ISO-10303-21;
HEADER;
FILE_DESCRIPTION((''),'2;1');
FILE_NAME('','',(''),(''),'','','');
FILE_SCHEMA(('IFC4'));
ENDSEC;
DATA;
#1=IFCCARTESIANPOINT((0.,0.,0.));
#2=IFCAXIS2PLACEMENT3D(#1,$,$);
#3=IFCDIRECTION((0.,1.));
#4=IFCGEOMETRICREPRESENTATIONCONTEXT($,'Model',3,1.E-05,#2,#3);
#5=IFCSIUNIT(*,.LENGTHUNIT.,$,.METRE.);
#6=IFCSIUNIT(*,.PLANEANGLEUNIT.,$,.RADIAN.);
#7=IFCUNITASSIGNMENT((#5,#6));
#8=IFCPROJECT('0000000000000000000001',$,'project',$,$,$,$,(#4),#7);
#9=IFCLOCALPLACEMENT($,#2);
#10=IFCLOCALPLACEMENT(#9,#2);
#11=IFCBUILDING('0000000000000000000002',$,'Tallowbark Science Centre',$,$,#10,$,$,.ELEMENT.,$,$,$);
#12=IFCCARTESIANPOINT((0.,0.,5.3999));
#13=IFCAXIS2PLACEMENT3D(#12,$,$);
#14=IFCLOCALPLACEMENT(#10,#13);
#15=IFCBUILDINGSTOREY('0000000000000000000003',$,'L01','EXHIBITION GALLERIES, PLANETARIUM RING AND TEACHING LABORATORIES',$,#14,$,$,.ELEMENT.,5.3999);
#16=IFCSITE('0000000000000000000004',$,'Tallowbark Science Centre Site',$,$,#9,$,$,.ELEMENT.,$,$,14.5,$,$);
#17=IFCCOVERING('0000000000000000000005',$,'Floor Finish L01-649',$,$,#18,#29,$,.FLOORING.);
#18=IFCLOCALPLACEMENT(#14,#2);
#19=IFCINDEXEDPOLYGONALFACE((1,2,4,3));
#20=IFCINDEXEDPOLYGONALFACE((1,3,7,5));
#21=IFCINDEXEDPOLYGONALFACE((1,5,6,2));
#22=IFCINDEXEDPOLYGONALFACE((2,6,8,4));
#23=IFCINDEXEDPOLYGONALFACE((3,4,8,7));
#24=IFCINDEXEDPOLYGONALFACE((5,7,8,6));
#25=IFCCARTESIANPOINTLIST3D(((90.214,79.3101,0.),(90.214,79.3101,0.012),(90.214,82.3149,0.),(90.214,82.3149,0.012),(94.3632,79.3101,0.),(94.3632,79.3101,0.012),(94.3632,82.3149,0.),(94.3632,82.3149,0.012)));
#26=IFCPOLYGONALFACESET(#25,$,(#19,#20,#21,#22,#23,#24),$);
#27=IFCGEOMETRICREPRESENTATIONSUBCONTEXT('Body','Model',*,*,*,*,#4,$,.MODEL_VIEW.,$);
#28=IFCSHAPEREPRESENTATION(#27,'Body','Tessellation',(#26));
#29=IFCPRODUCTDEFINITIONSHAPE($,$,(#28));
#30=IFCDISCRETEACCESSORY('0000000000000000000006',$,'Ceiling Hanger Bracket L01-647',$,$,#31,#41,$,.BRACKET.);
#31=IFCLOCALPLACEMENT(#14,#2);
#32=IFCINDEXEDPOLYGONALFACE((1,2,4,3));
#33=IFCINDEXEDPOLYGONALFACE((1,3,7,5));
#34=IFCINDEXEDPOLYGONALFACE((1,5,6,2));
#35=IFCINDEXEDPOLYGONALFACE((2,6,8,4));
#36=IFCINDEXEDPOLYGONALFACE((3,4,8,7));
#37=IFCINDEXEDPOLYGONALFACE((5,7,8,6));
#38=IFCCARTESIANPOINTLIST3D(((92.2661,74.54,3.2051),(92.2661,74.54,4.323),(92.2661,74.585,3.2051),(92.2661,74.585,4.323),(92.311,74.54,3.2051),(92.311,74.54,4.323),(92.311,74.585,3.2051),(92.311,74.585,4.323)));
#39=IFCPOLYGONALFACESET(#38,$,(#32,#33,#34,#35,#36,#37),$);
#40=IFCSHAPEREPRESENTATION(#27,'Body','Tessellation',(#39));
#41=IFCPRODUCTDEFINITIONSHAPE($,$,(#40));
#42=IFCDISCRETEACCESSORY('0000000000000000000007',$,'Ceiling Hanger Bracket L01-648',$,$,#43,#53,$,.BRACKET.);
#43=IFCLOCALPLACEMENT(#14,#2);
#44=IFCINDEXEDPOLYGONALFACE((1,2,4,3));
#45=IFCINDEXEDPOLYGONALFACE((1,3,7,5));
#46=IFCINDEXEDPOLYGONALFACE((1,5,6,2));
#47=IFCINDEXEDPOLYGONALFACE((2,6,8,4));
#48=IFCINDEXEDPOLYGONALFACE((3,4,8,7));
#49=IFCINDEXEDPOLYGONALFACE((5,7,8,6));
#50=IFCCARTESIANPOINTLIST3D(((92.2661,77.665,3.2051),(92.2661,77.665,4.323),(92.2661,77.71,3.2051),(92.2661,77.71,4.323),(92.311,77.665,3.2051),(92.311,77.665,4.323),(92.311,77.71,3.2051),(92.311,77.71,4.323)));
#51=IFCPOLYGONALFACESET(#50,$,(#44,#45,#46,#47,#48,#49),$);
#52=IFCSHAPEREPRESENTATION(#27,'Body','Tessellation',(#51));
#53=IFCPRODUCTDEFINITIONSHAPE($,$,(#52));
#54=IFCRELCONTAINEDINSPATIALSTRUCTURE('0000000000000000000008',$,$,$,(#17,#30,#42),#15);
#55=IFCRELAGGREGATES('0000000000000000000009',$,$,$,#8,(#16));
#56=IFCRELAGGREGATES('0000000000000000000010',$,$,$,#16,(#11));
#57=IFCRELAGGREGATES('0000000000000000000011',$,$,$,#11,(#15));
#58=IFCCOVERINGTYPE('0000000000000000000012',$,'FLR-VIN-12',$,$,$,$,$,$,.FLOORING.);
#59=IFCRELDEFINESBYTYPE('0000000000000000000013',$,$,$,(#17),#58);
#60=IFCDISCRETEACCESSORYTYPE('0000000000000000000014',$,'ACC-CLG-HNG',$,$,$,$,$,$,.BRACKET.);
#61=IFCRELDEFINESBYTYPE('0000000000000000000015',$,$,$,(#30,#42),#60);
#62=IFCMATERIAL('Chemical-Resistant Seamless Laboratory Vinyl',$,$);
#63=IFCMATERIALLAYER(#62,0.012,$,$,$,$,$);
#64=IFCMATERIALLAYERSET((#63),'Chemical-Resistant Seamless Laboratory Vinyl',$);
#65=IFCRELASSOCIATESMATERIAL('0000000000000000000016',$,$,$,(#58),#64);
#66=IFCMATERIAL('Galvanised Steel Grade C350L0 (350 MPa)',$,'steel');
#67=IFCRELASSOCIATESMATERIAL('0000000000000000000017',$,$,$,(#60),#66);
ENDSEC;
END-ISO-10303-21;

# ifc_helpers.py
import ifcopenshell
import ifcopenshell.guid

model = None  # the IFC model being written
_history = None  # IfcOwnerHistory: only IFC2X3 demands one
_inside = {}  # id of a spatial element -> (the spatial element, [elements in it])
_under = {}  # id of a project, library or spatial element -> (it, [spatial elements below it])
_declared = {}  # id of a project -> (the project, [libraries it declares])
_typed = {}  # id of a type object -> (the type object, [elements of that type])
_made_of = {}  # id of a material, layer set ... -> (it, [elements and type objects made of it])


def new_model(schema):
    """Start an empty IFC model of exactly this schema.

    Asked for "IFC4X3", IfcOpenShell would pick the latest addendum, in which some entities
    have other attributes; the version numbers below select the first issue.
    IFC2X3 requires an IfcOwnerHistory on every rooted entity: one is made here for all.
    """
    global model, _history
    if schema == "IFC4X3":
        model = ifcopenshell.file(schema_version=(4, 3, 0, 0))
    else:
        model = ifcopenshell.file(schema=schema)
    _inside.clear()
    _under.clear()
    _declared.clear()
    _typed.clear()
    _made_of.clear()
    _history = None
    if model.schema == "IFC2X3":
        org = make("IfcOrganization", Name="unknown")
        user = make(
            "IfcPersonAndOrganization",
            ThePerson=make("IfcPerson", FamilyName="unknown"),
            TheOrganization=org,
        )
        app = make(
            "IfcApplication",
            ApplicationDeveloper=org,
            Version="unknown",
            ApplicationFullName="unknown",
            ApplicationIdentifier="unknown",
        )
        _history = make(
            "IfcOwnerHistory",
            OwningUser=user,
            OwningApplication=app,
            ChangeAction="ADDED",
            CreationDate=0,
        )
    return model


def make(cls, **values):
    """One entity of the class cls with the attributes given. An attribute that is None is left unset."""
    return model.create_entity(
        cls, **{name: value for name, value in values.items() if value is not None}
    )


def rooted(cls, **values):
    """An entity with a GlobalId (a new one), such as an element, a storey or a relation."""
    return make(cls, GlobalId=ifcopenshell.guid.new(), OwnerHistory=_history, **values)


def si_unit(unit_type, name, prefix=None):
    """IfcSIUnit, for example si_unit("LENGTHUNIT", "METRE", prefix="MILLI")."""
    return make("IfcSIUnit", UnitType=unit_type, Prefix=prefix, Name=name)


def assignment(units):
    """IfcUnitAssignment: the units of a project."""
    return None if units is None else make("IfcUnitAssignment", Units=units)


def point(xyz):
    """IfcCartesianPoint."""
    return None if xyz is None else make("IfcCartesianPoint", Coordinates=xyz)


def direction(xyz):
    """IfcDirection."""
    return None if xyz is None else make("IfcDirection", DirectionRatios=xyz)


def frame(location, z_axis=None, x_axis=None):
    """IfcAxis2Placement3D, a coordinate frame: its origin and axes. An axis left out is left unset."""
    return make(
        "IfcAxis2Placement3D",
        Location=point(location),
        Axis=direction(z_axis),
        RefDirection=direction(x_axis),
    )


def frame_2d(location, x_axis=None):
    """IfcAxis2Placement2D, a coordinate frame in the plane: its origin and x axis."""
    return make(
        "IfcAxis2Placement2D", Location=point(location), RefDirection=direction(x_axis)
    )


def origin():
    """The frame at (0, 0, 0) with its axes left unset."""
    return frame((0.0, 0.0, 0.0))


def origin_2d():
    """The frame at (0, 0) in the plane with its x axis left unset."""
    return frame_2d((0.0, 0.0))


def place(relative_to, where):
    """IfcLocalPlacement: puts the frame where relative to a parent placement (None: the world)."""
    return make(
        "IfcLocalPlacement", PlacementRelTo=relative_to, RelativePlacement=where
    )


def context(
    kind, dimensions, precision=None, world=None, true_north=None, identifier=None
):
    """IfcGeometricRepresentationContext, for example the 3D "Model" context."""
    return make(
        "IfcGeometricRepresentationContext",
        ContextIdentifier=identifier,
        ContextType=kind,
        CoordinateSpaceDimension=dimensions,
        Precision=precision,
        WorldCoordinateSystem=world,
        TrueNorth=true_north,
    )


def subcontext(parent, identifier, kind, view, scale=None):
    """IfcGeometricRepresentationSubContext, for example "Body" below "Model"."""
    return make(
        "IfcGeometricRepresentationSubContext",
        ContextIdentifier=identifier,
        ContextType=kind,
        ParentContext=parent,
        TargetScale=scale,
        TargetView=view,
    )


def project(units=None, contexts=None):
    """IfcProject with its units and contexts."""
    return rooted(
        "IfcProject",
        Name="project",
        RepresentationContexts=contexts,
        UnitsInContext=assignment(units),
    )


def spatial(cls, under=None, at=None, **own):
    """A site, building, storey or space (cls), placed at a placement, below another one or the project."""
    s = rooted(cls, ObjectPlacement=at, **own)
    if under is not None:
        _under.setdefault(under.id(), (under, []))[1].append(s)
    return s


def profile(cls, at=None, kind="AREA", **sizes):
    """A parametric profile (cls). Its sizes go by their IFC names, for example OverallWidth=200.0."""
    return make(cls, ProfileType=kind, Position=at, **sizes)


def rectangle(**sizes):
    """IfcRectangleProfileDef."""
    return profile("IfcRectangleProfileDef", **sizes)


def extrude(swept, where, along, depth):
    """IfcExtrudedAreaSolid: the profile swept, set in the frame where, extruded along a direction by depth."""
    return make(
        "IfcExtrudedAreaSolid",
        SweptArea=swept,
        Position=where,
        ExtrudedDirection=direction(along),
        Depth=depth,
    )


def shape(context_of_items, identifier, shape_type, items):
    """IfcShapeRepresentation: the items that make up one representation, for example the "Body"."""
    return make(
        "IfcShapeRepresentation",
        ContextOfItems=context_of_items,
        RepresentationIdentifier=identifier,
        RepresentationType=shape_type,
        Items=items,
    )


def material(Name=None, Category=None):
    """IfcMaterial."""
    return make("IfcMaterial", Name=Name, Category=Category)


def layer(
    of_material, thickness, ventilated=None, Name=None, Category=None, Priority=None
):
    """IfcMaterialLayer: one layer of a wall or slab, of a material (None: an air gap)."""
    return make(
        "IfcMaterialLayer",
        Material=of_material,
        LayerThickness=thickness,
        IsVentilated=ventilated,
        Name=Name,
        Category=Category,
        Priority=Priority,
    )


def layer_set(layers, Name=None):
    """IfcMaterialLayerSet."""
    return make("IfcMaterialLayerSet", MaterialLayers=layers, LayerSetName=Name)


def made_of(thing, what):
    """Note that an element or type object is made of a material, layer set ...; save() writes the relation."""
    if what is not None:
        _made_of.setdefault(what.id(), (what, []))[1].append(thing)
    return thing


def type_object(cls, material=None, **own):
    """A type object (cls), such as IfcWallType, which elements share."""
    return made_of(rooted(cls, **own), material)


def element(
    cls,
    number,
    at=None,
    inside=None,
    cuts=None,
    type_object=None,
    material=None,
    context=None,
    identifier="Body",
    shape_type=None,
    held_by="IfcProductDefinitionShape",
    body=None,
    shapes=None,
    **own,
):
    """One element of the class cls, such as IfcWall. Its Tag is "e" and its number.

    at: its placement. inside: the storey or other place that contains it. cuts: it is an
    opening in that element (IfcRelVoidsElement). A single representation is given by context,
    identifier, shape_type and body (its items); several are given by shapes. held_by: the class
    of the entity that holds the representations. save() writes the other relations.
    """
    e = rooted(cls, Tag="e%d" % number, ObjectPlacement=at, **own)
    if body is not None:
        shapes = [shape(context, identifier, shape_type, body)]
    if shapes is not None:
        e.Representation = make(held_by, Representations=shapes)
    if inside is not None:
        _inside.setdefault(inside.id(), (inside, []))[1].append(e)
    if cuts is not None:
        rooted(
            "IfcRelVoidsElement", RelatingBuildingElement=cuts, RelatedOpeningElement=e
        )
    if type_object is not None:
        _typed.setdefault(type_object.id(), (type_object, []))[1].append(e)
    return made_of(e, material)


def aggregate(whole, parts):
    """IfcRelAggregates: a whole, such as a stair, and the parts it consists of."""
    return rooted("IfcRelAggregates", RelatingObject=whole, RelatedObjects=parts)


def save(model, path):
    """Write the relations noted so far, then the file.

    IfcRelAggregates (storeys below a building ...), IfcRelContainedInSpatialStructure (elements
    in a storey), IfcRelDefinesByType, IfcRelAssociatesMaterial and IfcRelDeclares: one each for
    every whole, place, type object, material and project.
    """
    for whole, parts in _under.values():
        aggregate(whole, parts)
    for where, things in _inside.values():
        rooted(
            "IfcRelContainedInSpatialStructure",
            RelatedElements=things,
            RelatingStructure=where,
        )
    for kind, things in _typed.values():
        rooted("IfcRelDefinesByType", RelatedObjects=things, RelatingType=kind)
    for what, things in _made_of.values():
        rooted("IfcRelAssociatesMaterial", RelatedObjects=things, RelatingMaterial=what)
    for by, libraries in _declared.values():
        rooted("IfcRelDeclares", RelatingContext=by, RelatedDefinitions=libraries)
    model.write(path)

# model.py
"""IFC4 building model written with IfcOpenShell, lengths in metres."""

from ifc_helpers import new_model, si_unit, direction, frame, origin, origin_2d, place, context, subcontext, project, spatial, rectangle, extrude, material, layer, layer_set, type_object, element, save


model = new_model("IFC4")

# Units and contexts
model_context = context("Model", 3, precision=1e-05, world=origin(), true_north=direction((0.0, 1.0)))
body_context = subcontext(model_context, "Body", "Model", "MODEL_VIEW")
ifc_project = project(units=[si_unit("LENGTHUNIT", "METRE"), si_unit("PLANEANGLEUNIT", "RADIAN")], contexts=[model_context])

# Site, building, storey
site_placement = place(None, origin())
site = spatial("IfcSite", under=ifc_project, at=site_placement, Name="Tallowbark Science Centre Site", CompositionType="ELEMENT", RefElevation=14.5)
building_placement = place(site_placement, origin())
building = spatial("IfcBuilding", under=site, at=building_placement, Name="Tallowbark Science Centre", CompositionType="ELEMENT")
storey_placement = place(building_placement, frame((0.0, 0.0, 5.3999)))
storey = spatial("IfcBuildingStorey", under=building, at=storey_placement, Name="L01", Description="EXHIBITION GALLERIES, PLANETARIUM RING AND TEACHING LABORATORIES", CompositionType="ELEMENT", Elevation=5.3999)

# Covering
ifc_material_1 = material(Name="Chemical-Resistant Seamless Laboratory Vinyl")
ifc_layer_1 = layer(ifc_material_1, 0.012)
ifc_layer_set_1 = layer_set([ifc_layer_1], Name="Chemical-Resistant Seamless Laboratory Vinyl")
covering_type_1 = type_object("IfcCoveringType", Name="FLR-VIN-12", PredefinedType="FLOORING", material=ifc_layer_set_1)
for number, where, z_axis, x_axis, name in (
    (1, (92.2886, 80.8125, 0.0), (0.0, 0.0, 1.0), (1.0, 0.0, 0.0), "Floor Finish L01-649"),
):
    element("IfcCovering", number, at=place(storey_placement, frame(where, z_axis=z_axis, x_axis=x_axis)), inside=storey, type_object=covering_type_1, Name=name, PredefinedType="FLOORING", context=body_context, shape_type="SweptSolid", body=[
        extrude(rectangle(XDim=4.1492, YDim=3.0049, at=origin_2d()), origin(), (0.0, 0.0, 1.0), 0.012),
    ])

# Discrete accessories
ifc_material_2 = material(Name="Galvanised Steel Grade C350L0 (350 MPa)", Category="steel")
discrete_accessory_type = type_object("IfcDiscreteAccessoryType", Name="ACC-CLG-HNG", PredefinedType="BRACKET", material=ifc_material_2)
for number, where, z_axis, x_axis, name in (
    (2, (92.2886, 74.5625, 3.2051), (0.0, 0.0, 1.0), (1.0, 0.0, 0.0), "Ceiling Hanger Bracket L01-647"),
    (3, (92.2886, 77.6875, 3.2051), (0.0, 0.0, 1.0), (1.0, 0.0, 0.0), "Ceiling Hanger Bracket L01-648"),
):
    element("IfcDiscreteAccessory", number, at=place(storey_placement, frame(where, z_axis=z_axis, x_axis=x_axis)), inside=storey, type_object=discrete_accessory_type, Name=name, PredefinedType="BRACKET", context=body_context, shape_type="SweptSolid", body=[
        extrude(rectangle(XDim=0.0449, YDim=0.0449, at=origin_2d()), origin(), (0.0, 0.0, 1.0), 1.1179),
    ])

save(model, "model.ifc")
